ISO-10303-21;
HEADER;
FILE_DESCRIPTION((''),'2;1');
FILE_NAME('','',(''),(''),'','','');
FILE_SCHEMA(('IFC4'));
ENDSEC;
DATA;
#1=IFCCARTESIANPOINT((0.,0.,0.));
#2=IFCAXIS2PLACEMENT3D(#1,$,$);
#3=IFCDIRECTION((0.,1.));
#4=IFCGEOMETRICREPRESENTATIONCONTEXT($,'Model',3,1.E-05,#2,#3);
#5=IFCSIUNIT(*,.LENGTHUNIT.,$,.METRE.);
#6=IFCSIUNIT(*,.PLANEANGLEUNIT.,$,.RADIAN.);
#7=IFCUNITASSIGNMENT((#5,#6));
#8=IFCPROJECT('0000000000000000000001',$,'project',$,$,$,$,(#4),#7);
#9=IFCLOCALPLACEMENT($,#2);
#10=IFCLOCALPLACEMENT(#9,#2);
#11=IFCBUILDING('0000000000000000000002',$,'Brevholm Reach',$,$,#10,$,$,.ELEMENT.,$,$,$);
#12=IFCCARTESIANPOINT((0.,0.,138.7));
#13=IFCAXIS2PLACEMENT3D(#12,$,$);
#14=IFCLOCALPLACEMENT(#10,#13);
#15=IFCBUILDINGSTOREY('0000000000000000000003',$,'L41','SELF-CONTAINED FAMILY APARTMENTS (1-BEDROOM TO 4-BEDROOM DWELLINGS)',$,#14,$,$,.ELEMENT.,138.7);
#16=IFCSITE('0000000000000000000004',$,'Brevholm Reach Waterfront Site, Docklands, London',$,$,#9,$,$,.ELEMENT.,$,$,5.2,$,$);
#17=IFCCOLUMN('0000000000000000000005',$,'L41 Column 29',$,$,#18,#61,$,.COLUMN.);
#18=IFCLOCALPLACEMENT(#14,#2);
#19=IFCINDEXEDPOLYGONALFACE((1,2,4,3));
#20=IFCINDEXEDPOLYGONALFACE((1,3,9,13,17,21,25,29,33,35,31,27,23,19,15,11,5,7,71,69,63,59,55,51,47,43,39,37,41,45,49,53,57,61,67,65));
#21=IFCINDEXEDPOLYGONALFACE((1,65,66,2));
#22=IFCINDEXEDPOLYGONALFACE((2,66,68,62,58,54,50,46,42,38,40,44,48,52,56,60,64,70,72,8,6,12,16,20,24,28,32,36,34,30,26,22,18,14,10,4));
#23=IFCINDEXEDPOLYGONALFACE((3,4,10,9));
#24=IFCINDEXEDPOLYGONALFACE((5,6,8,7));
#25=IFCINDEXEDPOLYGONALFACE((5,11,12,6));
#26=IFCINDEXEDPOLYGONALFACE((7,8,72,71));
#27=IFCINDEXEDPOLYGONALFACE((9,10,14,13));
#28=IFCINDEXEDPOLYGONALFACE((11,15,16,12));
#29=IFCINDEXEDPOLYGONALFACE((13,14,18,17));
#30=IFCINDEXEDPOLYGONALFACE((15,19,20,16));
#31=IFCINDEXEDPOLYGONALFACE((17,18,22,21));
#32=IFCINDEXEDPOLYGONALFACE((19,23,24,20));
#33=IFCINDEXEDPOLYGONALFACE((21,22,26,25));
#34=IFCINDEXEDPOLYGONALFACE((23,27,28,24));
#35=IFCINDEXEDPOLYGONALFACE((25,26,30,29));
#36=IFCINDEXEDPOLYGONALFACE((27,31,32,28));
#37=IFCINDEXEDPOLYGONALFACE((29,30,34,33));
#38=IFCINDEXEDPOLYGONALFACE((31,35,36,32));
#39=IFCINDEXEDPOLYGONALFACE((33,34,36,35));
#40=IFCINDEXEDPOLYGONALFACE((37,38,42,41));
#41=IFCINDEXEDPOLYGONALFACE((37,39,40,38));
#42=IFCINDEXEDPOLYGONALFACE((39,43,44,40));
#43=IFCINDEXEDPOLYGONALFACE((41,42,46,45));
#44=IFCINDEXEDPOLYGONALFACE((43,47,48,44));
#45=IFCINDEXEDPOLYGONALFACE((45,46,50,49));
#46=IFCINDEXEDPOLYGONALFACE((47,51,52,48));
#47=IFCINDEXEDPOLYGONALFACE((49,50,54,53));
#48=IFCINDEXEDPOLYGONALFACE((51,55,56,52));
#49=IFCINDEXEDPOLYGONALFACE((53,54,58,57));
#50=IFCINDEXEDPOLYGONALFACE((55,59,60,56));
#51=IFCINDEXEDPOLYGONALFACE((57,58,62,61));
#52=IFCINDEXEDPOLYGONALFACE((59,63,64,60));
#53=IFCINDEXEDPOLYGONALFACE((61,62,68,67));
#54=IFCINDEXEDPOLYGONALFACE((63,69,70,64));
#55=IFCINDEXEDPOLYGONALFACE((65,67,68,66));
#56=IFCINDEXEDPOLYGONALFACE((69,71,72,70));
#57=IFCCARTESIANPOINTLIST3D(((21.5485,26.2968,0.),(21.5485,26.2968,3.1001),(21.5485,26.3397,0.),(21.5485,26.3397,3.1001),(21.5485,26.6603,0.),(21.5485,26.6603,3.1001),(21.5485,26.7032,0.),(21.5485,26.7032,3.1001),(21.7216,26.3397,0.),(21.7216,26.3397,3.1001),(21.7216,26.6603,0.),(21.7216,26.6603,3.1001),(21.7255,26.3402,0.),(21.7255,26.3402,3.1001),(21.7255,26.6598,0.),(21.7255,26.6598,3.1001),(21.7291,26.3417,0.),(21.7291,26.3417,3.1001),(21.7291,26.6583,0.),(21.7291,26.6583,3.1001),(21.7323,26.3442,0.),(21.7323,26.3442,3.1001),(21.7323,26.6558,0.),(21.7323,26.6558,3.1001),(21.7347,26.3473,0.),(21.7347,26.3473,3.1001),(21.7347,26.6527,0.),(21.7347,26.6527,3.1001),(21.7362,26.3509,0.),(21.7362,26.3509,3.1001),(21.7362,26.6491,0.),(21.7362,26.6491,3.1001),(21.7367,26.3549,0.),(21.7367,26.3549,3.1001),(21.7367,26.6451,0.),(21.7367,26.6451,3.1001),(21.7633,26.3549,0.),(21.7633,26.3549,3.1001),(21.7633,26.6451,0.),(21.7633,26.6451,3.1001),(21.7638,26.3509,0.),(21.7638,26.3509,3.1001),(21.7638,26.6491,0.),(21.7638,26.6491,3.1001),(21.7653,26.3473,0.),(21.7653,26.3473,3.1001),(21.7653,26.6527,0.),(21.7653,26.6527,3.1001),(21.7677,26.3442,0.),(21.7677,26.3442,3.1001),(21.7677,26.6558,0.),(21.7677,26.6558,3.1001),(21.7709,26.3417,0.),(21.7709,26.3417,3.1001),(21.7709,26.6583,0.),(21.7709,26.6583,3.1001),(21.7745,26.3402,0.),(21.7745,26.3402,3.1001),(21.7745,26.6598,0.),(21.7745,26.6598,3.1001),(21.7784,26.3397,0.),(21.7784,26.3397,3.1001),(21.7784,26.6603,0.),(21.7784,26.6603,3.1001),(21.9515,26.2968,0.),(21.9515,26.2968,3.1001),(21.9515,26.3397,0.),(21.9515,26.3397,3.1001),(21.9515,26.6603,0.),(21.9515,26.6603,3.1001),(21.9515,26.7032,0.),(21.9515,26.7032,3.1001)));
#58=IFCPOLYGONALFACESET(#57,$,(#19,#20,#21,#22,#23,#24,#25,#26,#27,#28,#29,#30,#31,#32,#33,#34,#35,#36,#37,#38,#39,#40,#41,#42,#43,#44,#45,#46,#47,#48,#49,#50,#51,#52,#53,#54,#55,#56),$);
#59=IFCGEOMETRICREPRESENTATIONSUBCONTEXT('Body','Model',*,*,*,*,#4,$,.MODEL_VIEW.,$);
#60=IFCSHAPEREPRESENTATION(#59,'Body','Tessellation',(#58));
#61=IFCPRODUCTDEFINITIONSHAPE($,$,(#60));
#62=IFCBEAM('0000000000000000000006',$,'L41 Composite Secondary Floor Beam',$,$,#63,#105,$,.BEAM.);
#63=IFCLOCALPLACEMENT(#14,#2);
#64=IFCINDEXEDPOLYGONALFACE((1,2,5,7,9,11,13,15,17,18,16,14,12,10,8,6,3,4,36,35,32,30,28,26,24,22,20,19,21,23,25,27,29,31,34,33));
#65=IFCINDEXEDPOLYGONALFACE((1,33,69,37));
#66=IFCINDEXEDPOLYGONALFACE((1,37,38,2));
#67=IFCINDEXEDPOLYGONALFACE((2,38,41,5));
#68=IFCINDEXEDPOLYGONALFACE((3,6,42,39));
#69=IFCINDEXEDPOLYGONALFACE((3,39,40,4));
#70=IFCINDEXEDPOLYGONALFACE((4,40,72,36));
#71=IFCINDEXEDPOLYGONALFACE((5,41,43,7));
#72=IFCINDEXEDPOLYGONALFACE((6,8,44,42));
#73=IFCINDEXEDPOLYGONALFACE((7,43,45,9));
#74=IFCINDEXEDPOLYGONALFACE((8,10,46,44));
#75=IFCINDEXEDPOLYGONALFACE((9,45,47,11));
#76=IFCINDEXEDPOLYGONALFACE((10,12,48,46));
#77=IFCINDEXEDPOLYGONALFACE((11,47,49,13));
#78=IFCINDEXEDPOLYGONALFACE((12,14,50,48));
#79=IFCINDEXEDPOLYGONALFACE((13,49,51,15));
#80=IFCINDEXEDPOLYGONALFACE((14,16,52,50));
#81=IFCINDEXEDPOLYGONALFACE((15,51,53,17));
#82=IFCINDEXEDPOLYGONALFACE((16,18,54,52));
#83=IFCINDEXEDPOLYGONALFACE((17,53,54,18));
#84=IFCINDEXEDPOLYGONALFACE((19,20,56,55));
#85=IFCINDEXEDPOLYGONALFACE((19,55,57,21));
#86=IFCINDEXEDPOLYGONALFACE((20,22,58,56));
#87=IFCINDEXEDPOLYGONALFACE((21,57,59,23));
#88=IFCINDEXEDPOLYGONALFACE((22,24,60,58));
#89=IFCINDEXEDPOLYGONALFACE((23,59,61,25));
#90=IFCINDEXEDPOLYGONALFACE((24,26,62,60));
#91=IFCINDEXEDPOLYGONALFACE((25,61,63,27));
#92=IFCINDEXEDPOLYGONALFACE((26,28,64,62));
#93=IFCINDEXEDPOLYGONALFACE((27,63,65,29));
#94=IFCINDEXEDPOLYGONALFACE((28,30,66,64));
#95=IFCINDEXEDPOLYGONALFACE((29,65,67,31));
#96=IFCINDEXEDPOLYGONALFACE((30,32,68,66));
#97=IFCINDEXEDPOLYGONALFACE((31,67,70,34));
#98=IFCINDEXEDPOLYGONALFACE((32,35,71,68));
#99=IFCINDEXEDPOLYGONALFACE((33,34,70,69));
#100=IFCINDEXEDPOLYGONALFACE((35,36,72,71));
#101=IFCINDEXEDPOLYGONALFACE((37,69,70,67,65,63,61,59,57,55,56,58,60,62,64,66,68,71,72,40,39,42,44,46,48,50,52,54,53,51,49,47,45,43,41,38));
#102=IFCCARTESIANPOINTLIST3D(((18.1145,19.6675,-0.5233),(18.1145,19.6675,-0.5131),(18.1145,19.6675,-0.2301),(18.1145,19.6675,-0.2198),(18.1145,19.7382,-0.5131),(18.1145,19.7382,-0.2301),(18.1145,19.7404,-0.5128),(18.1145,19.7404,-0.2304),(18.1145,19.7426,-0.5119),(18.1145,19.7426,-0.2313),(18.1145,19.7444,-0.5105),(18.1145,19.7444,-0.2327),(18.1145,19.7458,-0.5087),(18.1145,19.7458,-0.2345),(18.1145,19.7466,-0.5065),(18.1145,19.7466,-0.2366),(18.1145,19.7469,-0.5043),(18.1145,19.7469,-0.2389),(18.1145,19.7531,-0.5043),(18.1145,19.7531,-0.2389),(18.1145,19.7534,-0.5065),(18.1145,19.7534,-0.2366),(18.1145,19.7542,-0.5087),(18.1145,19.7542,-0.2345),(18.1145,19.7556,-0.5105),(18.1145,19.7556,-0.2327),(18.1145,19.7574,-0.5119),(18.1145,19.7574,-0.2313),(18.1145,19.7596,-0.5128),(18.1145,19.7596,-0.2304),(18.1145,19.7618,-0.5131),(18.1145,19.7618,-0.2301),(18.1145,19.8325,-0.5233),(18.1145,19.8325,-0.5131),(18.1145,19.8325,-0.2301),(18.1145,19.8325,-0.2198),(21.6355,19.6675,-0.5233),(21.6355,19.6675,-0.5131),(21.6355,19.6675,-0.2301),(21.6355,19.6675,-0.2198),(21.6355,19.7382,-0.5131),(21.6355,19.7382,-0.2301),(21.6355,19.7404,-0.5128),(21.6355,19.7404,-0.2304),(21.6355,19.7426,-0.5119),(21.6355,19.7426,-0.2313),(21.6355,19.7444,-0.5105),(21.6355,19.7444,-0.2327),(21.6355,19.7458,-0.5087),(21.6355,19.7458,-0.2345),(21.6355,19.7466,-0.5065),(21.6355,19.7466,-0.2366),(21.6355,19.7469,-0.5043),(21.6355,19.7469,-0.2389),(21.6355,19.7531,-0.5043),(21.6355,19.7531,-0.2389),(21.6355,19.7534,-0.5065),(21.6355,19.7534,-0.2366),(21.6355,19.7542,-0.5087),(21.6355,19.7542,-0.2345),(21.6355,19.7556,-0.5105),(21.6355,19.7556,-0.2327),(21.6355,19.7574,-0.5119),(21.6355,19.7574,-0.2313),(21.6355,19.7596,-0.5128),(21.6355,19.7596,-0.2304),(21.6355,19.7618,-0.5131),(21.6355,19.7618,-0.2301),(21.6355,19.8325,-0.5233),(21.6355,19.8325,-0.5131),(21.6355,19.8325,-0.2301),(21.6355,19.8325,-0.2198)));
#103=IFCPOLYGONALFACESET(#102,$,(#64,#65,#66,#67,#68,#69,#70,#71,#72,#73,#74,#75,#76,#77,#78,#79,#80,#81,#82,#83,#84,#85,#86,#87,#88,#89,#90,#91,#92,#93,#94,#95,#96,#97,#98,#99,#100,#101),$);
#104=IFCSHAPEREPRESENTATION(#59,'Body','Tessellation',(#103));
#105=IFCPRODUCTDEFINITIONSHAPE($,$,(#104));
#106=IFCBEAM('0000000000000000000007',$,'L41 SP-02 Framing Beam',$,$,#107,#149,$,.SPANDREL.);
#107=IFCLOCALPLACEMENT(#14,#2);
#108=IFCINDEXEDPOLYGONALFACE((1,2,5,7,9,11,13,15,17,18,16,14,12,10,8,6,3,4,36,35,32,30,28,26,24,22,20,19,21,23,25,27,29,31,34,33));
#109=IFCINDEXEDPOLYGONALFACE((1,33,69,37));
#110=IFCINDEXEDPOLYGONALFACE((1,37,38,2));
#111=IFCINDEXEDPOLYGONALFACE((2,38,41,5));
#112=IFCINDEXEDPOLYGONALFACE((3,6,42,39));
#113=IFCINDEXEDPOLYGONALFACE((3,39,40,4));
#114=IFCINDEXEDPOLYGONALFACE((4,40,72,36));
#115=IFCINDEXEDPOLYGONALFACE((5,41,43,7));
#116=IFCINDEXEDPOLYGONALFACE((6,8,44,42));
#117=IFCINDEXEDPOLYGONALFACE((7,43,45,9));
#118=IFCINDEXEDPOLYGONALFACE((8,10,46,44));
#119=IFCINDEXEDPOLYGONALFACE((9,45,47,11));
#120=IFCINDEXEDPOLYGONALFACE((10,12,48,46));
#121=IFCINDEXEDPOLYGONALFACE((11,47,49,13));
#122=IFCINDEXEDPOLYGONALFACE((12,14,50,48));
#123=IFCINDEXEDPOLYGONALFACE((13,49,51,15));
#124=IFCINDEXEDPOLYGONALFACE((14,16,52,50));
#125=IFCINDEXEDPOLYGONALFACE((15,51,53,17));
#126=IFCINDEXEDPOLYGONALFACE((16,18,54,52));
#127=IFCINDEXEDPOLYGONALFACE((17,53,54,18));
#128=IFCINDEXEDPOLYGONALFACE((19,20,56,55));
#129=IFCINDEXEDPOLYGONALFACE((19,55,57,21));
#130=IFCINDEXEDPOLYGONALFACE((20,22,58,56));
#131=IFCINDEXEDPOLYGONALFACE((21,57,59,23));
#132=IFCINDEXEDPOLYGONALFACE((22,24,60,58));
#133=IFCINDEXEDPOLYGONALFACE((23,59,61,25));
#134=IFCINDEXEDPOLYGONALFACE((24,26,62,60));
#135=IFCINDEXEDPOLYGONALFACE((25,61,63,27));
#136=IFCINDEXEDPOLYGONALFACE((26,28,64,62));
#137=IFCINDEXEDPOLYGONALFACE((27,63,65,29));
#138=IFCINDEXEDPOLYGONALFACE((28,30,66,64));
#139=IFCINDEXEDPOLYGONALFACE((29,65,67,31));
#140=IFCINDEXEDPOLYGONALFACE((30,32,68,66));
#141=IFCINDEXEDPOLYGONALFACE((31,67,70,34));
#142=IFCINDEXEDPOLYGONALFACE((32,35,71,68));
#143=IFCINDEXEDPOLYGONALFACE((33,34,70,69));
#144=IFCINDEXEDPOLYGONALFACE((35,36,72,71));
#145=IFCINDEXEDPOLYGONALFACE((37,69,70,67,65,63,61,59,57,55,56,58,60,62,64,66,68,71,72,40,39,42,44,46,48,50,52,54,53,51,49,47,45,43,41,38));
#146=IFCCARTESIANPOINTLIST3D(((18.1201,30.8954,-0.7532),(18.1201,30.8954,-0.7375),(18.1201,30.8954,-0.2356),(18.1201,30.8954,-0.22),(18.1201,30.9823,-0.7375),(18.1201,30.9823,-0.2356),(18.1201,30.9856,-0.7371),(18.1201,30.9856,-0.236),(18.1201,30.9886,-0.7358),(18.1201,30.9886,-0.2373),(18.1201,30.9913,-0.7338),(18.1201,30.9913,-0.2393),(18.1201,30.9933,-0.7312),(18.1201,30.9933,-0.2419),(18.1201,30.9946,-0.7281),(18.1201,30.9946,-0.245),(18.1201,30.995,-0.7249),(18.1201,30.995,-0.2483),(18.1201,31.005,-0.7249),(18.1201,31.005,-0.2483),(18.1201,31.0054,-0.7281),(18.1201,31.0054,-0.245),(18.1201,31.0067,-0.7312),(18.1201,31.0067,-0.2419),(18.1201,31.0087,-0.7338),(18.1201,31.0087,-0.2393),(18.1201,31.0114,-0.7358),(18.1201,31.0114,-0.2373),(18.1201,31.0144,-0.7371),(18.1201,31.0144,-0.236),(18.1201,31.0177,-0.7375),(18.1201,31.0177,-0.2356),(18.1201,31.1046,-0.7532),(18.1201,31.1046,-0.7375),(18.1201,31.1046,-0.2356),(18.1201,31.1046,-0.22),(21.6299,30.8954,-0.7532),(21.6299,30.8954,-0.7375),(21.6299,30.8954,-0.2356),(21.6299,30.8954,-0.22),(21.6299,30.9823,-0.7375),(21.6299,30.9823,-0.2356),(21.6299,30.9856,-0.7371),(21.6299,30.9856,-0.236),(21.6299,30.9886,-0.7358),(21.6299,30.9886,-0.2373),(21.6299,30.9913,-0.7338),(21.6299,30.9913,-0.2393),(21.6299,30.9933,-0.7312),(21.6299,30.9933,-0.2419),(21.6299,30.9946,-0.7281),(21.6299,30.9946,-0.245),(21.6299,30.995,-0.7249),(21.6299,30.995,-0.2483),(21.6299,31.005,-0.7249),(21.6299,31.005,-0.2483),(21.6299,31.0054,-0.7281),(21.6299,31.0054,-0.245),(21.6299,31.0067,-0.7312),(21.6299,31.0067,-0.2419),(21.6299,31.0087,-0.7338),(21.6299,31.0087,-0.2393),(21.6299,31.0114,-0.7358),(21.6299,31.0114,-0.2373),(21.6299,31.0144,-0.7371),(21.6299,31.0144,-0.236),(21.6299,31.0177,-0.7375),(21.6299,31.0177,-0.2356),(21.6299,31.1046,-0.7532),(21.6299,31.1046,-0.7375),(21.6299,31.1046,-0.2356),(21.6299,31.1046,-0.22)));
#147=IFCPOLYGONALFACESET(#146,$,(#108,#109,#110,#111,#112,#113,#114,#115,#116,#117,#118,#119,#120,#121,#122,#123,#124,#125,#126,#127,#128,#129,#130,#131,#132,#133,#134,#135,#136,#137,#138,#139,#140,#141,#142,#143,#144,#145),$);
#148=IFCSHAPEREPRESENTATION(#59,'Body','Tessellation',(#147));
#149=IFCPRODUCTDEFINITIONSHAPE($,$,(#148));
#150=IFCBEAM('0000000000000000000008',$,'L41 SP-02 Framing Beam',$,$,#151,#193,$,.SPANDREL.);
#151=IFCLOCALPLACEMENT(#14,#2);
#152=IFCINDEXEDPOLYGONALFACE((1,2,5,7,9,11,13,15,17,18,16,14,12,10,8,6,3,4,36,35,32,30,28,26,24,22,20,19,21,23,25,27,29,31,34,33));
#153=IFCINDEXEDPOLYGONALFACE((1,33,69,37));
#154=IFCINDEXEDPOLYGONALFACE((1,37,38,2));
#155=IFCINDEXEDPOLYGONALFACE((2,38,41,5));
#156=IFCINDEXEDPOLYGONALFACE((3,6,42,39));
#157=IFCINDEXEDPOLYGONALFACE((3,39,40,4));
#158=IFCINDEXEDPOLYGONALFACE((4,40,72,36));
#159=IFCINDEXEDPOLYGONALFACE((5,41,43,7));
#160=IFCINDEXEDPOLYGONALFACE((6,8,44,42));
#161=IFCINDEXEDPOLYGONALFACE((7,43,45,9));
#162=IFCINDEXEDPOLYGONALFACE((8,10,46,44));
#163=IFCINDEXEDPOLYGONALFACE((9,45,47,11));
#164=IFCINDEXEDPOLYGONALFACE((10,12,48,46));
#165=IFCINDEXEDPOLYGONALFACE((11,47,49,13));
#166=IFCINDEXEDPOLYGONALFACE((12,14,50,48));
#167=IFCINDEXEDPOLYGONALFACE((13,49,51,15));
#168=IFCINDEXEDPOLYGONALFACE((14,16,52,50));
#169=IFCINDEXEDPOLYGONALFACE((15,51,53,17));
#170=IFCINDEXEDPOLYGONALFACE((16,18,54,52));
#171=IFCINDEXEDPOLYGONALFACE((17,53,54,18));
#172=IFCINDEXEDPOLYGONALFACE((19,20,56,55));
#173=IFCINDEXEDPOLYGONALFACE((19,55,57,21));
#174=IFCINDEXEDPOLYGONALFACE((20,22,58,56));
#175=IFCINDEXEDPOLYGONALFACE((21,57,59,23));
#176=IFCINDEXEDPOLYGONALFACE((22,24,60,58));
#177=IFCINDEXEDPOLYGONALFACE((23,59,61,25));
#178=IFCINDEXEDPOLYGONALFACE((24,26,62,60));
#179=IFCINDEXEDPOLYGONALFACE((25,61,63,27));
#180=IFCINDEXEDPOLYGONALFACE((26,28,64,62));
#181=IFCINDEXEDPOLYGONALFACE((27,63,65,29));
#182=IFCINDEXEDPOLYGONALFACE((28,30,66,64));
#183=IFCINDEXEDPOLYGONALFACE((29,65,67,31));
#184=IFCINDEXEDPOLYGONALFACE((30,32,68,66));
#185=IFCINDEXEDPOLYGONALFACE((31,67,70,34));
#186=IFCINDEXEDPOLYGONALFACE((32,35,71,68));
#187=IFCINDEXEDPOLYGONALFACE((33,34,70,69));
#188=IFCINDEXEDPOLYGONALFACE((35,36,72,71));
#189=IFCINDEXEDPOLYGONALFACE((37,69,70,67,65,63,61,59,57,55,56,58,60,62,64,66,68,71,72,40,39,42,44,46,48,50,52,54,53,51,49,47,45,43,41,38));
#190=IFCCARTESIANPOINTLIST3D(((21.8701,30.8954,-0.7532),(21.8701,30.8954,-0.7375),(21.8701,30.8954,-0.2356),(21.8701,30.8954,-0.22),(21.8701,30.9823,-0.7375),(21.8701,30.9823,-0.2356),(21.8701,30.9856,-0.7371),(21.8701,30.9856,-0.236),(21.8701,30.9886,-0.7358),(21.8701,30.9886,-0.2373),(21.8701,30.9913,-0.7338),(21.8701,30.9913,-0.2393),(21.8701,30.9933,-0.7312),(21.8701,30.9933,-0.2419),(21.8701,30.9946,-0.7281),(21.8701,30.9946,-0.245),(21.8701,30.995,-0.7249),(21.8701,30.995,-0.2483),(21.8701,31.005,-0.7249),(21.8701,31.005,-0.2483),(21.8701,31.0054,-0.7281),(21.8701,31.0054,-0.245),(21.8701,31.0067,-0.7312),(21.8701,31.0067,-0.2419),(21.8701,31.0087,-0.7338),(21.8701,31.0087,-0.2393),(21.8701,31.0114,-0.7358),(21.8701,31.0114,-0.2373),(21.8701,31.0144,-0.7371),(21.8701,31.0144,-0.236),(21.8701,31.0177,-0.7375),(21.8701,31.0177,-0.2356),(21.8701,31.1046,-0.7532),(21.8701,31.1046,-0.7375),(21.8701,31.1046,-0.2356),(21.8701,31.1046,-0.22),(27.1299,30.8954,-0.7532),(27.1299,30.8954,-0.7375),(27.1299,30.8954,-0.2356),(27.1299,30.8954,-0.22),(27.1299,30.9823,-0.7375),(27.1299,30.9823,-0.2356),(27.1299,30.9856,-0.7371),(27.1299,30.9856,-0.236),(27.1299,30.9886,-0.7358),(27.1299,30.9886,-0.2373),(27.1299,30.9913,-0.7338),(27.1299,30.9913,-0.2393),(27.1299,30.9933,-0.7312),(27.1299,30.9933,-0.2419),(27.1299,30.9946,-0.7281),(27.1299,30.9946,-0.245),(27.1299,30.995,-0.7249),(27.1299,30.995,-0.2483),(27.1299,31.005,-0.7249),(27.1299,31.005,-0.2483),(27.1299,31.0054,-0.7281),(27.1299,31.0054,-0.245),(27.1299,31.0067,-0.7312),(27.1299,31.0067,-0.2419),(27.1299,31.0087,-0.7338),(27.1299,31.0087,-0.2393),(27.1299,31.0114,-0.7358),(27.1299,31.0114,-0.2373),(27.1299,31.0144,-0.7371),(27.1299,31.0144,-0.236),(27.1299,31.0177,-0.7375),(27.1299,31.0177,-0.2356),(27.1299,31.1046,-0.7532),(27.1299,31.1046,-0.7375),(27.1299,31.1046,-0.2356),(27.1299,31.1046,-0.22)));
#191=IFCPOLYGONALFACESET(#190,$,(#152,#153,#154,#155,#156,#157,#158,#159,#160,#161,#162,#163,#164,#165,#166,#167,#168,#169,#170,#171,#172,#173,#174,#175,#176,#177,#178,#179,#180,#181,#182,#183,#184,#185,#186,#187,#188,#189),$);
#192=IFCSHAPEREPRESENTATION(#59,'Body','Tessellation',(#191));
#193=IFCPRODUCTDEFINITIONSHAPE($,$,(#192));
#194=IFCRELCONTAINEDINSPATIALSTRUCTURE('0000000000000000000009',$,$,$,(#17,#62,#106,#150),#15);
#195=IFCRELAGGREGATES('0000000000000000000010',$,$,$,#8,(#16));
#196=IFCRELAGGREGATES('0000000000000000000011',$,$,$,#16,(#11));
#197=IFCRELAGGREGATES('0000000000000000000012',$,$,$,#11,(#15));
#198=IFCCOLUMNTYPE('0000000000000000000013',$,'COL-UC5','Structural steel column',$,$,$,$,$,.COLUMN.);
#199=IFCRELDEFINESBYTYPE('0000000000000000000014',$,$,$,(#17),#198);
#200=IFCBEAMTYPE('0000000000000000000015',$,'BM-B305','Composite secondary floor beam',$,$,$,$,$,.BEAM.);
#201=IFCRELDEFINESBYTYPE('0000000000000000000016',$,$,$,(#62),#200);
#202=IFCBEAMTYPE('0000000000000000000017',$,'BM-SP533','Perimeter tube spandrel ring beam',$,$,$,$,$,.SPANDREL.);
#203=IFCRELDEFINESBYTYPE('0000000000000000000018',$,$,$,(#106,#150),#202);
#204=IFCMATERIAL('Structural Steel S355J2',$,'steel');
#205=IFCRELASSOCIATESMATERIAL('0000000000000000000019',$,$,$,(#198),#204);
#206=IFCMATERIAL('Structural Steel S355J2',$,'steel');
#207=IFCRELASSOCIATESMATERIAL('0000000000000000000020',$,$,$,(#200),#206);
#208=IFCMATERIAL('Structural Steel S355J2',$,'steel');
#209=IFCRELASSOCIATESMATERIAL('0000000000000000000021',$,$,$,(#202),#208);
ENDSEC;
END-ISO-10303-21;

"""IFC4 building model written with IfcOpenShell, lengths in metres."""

from ifc_helpers import new_model, si_unit, direction, frame, origin, origin_2d, place, context, subcontext, project, spatial, i_section, extrude, material, material_profile, profile_set, type_object, element, save


model = new_model("IFC4")

# Units and contexts
model_context = context("Model", 3, precision=1e-05, world=origin(), true_north=direction((0.0, 1.0)))
body_context = subcontext(model_context, "Body", "Model", "MODEL_VIEW")
ifc_project = project(units=[si_unit("LENGTHUNIT", "METRE"), si_unit("PLANEANGLEUNIT", "RADIAN")], contexts=[model_context])

# Site, building, storey
site_placement = place(None, origin())
site = spatial("IfcSite", under=ifc_project, at=site_placement, Name="Brevholm Reach Waterfront Site, Docklands, London", CompositionType="ELEMENT", RefElevation=5.2)
building_placement = place(site_placement, origin())
building = spatial("IfcBuilding", under=site, at=building_placement, Name="Brevholm Reach", CompositionType="ELEMENT")
storey_placement = place(building_placement, frame((0.0, 0.0, 138.7)))
storey = spatial("IfcBuildingStorey", under=building, at=storey_placement, Name="L41", Description="SELF-CONTAINED FAMILY APARTMENTS (1-BEDROOM TO 4-BEDROOM DWELLINGS)", CompositionType="ELEMENT", Elevation=138.7)

# Column
ifc_material_1 = material(Name="Structural Steel S355J2", Category="steel")
ifc_material_profile_1 = material_profile(ifc_material_1, i_section(OverallWidth=0.4031, OverallDepth=0.4065, WebThickness=0.0266, FlangeThickness=0.043, FilletRadius=0.0151, at=origin_2d()), Name="UKC 356x406x340")
ifc_profile_set_1 = profile_set([ifc_material_profile_1], Name="Structural Steel S355J2")
column_type_1 = type_object("IfcColumnType", Name="COL-UC5", Description="Structural steel column", PredefinedType="COLUMN", material=ifc_profile_set_1)
for number, where, z_axis, x_axis, name in (
    (1, (21.75, 26.5, 0.0), (0.0, 0.0, 1.0), (1.0, 0.0, 0.0), "L41 Column 29"),
):
    element("IfcColumn", number, at=place(storey_placement, frame(where, z_axis=z_axis, x_axis=x_axis)), inside=storey, type_object=column_type_1, Name=name, PredefinedType="COLUMN", context=body_context, shape_type="SweptSolid", body=[
        extrude(i_section(OverallWidth=0.4031, OverallDepth=0.4065, WebThickness=0.0266, FlangeThickness=0.043, FilletRadius=0.0151, at=origin_2d()), origin(), (0.0, 0.0, 1.0), 3.1001),
    ])

# Beams
ifc_material_2 = material(Name="Structural Steel S355J2", Category="steel")
ifc_material_profile_2 = material_profile(ifc_material_2, i_section(OverallWidth=0.165, OverallDepth=0.3035, WebThickness=0.0061, FlangeThickness=0.0103, FilletRadius=0.0088, at=origin_2d()), Name="UKB 305x165x40")
ifc_profile_set_2 = profile_set([ifc_material_profile_2], Name="Structural Steel S355J2")
beam_type_1 = type_object("IfcBeamType", Name="BM-B305", Description="Composite secondary floor beam", PredefinedType="BEAM", material=ifc_profile_set_2)
beam_1_placement = place(storey_placement, frame((18.1145, 19.75, -0.3716), z_axis=(1.0, 0.0, 0.0), x_axis=(0.0, 1.0, 0.0)))
element("IfcBeam", 2, at=beam_1_placement, inside=storey, type_object=beam_type_1, Name="L41 Composite Secondary Floor Beam", PredefinedType="BEAM", context=body_context, shape_type="SweptSolid", body=[
    extrude(i_section(OverallWidth=0.165, OverallDepth=0.3035, WebThickness=0.0061, FlangeThickness=0.0103, FilletRadius=0.0088, at=origin_2d()), origin(), (0.0, 0.0, 1.0), 3.521),
])
ifc_material_3 = material(Name="Structural Steel S355J2", Category="steel")
ifc_material_profile_3 = material_profile(ifc_material_3, i_section(OverallWidth=0.2092, OverallDepth=0.5332, WebThickness=0.01, FlangeThickness=0.0156, FilletRadius=0.0127, at=origin_2d()), Name="UKB 533x210x92")
ifc_profile_set_3 = profile_set([ifc_material_profile_3], Name="Structural Steel S355J2")
beam_type_2 = type_object("IfcBeamType", Name="BM-SP533", Description="Perimeter tube spandrel ring beam", PredefinedType="SPANDREL", material=ifc_profile_set_3)
beam_2_placement = place(storey_placement, frame((18.1201, 31.0, -0.4866), z_axis=(1.0, 0.0, 0.0), x_axis=(0.0, 1.0, 0.0)))
element("IfcBeam", 3, at=beam_2_placement, inside=storey, type_object=beam_type_2, Name="L41 SP-02 Framing Beam", PredefinedType="SPANDREL", context=body_context, shape_type="SweptSolid", body=[
    extrude(i_section(OverallWidth=0.2092, OverallDepth=0.5332, WebThickness=0.01, FlangeThickness=0.0156, FilletRadius=0.0127, at=origin_2d()), origin(), (0.0, 0.0, 1.0), 3.5098),
])
beam_3_placement = place(storey_placement, frame((21.8701, 31.0, -0.4866), z_axis=(1.0, 0.0, 0.0), x_axis=(0.0, 1.0, 0.0)))
element("IfcBeam", 4, at=beam_3_placement, inside=storey, type_object=beam_type_2, Name="L41 SP-02 Framing Beam", PredefinedType="SPANDREL", context=body_context, shape_type="SweptSolid", body=[
    extrude(i_section(OverallWidth=0.2092, OverallDepth=0.5332, WebThickness=0.01, FlangeThickness=0.0156, FilletRadius=0.0127, at=origin_2d()), origin(), (0.0, 0.0, 1.0), 5.2598),
])

save(model, "model.ifc")
